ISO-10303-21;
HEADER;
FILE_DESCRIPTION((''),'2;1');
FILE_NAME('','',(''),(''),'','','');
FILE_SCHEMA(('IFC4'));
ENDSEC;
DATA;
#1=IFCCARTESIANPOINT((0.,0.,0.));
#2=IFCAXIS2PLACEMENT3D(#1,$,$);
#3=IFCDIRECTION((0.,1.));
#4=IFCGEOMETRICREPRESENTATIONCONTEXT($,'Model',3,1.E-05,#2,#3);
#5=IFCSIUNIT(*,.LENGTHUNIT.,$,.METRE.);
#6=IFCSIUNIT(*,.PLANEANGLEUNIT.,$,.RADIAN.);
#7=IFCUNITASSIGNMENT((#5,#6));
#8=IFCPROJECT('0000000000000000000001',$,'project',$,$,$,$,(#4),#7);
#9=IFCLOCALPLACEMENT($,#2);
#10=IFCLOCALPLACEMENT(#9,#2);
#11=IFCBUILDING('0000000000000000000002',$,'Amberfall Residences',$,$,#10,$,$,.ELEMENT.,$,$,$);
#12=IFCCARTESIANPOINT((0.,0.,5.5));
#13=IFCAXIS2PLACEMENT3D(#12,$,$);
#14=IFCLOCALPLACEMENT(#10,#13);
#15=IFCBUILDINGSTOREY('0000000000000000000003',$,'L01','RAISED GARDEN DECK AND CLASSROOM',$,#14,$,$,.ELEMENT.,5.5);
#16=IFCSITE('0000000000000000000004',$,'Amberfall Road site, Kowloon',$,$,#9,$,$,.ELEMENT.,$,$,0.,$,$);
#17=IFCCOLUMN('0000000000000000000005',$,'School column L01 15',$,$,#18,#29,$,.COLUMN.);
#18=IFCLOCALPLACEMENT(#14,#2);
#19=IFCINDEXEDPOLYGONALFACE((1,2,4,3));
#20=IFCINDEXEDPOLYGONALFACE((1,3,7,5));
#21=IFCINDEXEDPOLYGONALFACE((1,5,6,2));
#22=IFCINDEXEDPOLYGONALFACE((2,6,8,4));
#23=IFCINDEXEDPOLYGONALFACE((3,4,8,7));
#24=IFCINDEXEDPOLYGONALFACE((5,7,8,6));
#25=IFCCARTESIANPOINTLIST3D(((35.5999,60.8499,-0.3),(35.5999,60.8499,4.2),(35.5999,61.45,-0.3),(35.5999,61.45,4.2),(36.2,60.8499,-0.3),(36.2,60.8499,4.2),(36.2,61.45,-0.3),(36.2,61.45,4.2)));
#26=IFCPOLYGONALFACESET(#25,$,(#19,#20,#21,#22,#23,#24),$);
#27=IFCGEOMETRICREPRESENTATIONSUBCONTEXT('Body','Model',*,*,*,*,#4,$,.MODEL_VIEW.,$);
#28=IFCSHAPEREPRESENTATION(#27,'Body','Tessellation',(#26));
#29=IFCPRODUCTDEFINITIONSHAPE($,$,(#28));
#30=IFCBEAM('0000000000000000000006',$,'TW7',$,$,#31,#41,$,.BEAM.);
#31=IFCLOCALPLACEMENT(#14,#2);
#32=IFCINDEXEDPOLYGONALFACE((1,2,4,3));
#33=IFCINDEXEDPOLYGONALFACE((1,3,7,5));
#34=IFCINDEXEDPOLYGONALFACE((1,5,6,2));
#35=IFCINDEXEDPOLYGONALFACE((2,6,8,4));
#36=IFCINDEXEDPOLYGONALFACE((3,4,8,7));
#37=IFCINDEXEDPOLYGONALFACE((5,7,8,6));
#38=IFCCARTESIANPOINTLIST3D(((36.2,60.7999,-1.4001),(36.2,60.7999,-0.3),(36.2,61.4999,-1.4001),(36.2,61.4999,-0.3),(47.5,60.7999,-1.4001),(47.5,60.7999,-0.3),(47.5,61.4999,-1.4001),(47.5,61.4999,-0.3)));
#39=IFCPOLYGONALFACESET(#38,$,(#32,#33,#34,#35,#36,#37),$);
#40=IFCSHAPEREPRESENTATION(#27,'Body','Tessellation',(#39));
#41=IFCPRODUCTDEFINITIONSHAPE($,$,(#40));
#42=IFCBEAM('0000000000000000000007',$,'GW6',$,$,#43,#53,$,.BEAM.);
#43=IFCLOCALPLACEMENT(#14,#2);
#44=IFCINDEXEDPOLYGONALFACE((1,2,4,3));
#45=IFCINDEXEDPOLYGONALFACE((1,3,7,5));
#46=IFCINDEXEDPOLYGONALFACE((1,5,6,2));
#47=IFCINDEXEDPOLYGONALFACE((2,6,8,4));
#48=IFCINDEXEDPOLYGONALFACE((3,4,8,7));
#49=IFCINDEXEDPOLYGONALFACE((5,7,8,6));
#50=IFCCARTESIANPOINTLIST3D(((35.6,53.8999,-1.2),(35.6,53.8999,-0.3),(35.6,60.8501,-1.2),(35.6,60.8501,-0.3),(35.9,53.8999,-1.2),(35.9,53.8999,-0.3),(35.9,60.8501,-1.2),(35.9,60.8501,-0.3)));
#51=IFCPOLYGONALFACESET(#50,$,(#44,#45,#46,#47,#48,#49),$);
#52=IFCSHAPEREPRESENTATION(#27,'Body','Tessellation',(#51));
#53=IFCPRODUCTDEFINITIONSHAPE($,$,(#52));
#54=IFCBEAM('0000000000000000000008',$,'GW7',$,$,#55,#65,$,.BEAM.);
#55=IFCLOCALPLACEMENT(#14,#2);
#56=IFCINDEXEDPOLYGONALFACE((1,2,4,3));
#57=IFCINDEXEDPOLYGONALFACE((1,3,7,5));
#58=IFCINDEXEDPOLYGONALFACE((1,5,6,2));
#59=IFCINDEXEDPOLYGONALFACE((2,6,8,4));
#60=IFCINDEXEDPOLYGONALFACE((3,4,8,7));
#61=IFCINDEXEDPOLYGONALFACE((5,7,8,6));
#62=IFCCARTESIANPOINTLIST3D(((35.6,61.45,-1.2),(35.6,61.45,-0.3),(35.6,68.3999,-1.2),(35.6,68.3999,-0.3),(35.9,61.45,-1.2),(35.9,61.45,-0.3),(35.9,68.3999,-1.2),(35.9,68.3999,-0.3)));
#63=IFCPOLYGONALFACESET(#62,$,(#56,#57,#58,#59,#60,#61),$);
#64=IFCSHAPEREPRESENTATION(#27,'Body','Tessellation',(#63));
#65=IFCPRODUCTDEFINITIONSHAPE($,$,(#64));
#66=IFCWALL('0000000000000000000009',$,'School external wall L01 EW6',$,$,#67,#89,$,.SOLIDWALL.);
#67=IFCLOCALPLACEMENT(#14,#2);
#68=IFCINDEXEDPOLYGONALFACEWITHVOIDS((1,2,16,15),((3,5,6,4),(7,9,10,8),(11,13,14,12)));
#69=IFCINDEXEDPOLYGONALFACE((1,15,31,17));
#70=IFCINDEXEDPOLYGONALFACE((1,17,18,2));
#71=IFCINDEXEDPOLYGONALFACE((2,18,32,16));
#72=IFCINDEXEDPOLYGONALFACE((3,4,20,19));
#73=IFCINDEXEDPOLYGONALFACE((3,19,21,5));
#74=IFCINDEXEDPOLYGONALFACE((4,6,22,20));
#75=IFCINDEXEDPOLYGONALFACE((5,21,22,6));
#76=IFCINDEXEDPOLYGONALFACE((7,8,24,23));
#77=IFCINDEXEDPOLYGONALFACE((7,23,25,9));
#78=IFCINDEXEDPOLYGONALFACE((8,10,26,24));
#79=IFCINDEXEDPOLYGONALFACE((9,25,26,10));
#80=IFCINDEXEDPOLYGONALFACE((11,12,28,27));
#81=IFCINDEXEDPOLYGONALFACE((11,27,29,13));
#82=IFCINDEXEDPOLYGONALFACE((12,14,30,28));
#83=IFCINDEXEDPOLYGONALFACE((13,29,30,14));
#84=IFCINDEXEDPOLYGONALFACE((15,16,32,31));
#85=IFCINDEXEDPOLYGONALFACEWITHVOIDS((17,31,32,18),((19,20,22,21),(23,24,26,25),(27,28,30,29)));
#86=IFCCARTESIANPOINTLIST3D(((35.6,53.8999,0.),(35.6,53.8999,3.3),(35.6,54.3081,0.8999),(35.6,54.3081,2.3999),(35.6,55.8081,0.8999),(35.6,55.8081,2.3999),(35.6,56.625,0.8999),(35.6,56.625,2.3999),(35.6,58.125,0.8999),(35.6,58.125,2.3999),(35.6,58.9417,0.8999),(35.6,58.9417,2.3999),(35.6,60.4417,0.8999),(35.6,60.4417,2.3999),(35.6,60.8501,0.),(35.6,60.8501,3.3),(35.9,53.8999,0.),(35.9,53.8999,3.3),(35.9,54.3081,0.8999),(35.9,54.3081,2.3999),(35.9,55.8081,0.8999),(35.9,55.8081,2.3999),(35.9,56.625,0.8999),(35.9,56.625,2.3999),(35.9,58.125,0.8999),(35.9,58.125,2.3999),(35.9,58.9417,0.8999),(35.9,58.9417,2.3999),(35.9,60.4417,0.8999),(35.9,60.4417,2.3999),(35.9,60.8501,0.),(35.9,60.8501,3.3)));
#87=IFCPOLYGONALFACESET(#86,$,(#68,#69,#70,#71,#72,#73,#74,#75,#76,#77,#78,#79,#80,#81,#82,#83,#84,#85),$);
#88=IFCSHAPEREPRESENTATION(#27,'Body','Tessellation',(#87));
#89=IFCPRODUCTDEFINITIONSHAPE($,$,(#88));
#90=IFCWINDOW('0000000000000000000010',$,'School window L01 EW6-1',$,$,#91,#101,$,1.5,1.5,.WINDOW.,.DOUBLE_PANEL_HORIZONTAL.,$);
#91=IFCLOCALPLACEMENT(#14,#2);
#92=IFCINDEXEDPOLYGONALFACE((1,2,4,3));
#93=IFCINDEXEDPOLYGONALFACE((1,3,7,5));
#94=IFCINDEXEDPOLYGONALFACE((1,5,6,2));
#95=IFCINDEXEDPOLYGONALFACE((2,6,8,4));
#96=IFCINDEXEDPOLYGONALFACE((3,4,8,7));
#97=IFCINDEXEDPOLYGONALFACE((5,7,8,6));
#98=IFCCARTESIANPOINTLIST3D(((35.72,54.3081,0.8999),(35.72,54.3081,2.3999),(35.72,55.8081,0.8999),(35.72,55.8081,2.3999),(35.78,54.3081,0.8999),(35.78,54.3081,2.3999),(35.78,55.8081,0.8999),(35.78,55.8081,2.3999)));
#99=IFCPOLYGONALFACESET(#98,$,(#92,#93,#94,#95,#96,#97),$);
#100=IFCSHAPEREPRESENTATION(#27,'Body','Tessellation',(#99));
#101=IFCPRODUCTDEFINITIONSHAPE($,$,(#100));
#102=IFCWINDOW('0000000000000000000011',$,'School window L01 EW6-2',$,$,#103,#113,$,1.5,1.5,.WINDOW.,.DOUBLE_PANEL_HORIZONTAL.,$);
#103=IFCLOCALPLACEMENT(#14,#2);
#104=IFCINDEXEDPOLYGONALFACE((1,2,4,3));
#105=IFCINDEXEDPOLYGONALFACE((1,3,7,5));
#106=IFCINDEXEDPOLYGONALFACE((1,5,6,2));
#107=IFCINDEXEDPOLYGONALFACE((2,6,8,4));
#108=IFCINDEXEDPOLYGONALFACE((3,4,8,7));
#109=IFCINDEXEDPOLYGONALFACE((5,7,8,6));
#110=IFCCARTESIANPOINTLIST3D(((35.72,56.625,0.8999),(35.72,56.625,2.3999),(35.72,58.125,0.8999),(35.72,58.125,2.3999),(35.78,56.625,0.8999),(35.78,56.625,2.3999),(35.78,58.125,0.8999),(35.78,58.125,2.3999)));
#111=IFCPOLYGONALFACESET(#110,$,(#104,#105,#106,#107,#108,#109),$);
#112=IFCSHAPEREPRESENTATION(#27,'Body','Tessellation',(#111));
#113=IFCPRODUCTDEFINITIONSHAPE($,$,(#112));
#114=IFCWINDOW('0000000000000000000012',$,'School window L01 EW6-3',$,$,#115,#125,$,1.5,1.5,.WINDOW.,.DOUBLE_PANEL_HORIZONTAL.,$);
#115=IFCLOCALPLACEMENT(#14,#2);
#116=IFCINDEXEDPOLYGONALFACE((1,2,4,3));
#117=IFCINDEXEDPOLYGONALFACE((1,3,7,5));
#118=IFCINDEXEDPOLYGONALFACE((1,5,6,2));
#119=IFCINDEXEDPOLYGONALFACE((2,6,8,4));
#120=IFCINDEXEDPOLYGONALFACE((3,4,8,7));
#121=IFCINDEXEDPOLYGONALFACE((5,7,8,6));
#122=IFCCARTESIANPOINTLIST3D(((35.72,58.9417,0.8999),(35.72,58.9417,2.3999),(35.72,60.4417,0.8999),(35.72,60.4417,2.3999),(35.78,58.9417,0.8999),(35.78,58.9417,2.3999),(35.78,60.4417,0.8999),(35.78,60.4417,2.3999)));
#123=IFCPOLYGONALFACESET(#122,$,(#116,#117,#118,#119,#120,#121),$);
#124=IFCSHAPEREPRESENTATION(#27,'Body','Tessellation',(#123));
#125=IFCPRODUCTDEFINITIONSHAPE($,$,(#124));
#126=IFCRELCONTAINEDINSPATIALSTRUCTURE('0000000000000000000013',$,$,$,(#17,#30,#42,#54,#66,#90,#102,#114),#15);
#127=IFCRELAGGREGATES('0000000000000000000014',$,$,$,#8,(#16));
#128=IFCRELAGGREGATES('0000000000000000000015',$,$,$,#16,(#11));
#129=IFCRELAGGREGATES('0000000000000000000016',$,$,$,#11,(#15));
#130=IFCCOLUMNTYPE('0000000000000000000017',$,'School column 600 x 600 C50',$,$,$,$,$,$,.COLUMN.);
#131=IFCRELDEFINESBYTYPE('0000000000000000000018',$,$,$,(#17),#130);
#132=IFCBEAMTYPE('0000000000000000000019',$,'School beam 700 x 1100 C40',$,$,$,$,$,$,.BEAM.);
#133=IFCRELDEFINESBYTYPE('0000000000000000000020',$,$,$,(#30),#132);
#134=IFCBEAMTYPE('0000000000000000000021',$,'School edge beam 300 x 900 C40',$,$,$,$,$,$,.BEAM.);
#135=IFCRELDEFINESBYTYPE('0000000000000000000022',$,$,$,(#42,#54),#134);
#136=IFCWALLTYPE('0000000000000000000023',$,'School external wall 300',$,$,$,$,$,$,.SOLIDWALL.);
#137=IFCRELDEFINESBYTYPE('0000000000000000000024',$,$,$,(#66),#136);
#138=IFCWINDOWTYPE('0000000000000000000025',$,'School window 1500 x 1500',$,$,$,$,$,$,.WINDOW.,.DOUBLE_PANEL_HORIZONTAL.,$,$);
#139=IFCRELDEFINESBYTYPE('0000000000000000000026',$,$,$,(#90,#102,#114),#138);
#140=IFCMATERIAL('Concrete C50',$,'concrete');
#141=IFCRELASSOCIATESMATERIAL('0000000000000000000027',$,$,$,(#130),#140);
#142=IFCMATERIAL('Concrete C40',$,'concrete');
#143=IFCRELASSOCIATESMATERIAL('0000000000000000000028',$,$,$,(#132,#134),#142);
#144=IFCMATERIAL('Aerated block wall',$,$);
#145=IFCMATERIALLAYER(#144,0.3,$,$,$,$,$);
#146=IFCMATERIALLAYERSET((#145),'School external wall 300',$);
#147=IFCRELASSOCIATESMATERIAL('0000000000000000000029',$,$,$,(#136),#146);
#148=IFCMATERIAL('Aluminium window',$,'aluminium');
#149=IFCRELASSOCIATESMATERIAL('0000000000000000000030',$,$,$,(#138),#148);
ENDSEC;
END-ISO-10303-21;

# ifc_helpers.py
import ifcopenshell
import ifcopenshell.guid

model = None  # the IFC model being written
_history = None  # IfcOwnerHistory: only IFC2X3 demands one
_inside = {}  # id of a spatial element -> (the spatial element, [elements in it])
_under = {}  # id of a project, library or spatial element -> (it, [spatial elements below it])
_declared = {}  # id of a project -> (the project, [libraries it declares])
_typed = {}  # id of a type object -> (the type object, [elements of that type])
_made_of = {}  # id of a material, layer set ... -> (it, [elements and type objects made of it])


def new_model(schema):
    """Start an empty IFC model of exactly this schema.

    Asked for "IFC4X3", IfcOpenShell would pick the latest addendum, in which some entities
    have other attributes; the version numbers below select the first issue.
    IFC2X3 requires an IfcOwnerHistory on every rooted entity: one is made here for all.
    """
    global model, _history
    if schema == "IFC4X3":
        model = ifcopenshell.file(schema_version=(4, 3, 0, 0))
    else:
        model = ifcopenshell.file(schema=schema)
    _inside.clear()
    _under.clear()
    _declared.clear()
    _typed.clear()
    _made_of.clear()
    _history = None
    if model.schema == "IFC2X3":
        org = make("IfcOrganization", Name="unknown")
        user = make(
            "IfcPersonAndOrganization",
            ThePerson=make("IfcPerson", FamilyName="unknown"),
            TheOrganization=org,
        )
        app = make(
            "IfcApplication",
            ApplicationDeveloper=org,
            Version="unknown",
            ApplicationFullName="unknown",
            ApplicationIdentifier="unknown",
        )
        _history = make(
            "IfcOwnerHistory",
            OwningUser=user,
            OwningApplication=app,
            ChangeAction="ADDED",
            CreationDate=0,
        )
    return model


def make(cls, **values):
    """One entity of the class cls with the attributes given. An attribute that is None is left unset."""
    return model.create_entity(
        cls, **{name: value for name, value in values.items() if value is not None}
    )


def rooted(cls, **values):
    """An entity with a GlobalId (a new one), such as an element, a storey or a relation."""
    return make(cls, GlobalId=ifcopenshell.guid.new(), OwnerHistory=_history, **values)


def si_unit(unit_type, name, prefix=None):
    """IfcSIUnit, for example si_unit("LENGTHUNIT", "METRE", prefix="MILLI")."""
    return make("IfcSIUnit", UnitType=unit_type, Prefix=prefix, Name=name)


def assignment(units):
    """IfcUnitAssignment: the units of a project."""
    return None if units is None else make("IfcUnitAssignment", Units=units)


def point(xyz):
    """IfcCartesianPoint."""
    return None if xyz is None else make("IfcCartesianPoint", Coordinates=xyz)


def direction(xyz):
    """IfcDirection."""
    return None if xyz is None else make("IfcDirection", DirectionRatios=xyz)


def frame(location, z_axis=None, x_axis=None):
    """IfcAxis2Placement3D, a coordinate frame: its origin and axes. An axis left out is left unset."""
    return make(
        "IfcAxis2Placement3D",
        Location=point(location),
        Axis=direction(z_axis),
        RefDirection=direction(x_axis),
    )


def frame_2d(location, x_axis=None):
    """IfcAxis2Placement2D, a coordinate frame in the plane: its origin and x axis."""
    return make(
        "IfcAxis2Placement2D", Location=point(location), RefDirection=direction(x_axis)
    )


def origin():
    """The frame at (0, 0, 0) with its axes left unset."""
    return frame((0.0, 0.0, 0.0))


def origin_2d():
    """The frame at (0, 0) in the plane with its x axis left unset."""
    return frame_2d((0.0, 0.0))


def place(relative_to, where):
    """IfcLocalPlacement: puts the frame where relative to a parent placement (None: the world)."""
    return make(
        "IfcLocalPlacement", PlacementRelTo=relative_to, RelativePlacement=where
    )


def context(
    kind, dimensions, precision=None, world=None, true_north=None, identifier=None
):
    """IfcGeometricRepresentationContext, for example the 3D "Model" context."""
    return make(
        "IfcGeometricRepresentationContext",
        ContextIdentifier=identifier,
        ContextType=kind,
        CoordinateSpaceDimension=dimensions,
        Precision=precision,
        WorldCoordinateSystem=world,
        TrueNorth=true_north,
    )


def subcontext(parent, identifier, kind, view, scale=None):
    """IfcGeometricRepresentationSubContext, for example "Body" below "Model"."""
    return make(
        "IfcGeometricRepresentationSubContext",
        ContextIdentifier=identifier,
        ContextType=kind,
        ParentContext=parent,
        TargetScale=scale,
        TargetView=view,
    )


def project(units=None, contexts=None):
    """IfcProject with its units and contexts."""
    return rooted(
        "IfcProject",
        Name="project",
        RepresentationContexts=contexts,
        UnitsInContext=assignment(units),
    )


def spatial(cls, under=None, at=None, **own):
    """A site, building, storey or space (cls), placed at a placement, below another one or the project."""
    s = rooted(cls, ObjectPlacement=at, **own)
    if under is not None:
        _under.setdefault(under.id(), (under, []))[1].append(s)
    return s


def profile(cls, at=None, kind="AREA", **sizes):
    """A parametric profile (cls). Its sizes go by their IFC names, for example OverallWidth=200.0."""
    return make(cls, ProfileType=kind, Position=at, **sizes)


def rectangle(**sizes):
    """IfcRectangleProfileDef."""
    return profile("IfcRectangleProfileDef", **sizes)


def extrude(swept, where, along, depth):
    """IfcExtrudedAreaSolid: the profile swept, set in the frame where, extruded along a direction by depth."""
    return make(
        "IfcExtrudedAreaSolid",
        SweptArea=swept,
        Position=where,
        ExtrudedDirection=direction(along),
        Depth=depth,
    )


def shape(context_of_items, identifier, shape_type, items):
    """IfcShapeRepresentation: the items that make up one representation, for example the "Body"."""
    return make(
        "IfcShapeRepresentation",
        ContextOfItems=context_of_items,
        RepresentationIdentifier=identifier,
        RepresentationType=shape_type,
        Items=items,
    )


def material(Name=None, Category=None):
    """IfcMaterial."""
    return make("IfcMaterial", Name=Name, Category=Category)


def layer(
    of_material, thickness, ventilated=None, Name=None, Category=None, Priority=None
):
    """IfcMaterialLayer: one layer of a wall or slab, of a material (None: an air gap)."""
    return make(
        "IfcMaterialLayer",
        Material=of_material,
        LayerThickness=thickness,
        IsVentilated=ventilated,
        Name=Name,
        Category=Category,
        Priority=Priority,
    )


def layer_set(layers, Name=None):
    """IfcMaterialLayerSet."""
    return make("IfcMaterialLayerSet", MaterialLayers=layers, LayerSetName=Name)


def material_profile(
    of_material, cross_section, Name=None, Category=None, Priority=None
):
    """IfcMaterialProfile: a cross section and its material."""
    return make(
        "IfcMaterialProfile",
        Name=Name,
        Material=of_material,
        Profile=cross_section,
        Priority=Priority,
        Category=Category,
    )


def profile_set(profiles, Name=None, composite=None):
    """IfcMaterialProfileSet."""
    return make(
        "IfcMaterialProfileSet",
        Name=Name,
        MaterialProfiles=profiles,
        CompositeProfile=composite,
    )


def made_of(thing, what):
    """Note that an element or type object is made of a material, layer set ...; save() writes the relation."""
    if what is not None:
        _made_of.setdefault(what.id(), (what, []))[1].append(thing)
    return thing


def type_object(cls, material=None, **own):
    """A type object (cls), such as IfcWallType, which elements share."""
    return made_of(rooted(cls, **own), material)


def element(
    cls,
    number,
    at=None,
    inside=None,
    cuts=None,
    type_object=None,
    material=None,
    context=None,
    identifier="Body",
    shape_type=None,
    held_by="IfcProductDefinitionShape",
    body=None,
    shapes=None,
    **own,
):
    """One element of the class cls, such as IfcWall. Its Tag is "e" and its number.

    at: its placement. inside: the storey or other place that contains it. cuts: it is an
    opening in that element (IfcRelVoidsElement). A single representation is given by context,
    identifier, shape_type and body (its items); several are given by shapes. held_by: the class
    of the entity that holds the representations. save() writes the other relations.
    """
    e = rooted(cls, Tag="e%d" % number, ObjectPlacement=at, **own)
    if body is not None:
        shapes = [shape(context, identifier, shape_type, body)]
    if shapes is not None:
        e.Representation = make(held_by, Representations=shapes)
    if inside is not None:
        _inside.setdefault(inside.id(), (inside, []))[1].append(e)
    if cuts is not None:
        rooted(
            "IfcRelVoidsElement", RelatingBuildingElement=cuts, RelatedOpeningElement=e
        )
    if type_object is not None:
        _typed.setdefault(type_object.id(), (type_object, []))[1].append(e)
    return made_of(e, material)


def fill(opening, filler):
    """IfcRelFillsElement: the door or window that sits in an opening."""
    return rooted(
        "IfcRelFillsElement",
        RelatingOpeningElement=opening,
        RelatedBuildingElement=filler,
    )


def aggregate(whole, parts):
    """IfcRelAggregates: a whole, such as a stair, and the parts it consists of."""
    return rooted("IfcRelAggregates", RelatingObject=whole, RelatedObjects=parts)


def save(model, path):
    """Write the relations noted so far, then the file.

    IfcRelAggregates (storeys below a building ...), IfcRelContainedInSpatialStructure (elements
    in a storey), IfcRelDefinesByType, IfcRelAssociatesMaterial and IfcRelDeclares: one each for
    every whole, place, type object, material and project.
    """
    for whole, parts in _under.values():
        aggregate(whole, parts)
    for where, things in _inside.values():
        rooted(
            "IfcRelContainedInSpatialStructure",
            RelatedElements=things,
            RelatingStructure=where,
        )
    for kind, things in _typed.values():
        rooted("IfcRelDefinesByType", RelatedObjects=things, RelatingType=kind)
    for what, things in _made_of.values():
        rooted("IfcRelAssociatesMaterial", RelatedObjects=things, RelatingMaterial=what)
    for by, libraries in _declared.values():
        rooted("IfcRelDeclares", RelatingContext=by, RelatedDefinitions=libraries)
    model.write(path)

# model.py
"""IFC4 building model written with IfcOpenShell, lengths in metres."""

from ifc_helpers import new_model, si_unit, direction, frame, frame_2d, origin, origin_2d, place, context, subcontext, project, spatial, rectangle, extrude, material, layer, layer_set, material_profile, profile_set, type_object, element, fill, save


model = new_model("IFC4")

# Units and contexts
model_context = context("Model", 3, precision=1e-05, world=origin(), true_north=direction((0.0, 1.0)))
body_context = subcontext(model_context, "Body", "Model", "MODEL_VIEW")
ifc_project = project(units=[si_unit("LENGTHUNIT", "METRE"), si_unit("PLANEANGLEUNIT", "RADIAN")], contexts=[model_context])

# Site, building, storey
site_placement = place(None, origin())
site = spatial("IfcSite", under=ifc_project, at=site_placement, Name="Amberfall Road site, Kowloon", CompositionType="ELEMENT", RefElevation=0.0)
building_placement = place(site_placement, origin())
building = spatial("IfcBuilding", under=site, at=building_placement, Name="Amberfall Residences", CompositionType="ELEMENT")
storey_placement = place(building_placement, frame((0.0, 0.0, 5.5)))
storey = spatial("IfcBuildingStorey", under=building, at=storey_placement, Name="L01", Description="RAISED GARDEN DECK AND CLASSROOM", CompositionType="ELEMENT", Elevation=5.5)

# Column
ifc_material_1 = material(Name="Concrete C50", Category="concrete")
ifc_material_profile_1 = material_profile(ifc_material_1, rectangle(XDim=0.6001, YDim=0.6001, at=origin_2d()), Name="School column 600 x 600 C50")
ifc_profile_set_1 = profile_set([ifc_material_profile_1], Name="Concrete C50")
column_type = type_object("IfcColumnType", Name="School column 600 x 600 C50", PredefinedType="COLUMN", material=ifc_profile_set_1)
column_placement = place(storey_placement, frame((35.8999, 61.1499, -0.3), z_axis=(0.0, 0.0, 1.0), x_axis=(1.0, 0.0, 0.0)))
element("IfcColumn", 1, at=column_placement, inside=storey, type_object=column_type, Name="School column L01 15", PredefinedType="COLUMN", context=body_context, shape_type="SweptSolid", body=[
    extrude(rectangle(XDim=0.6001, YDim=0.6001, at=origin_2d()), origin(), (0.0, 0.0, 1.0), 4.5),
])

# Beams
ifc_material_2 = material(Name="Concrete C40", Category="concrete")
ifc_material_profile_2 = material_profile(ifc_material_2, rectangle(XDim=0.7, YDim=1.1001, at=origin_2d()), Name="School beam 700 x 1100 C40")
ifc_profile_set_2 = profile_set([ifc_material_profile_2], Name="Concrete C40")
beam_type_1 = type_object("IfcBeamType", Name="School beam 700 x 1100 C40", PredefinedType="BEAM", material=ifc_profile_set_2)
beam_1_placement = place(storey_placement, frame((36.2, 61.1499, -0.8501), z_axis=(1.0, 0.0, 0.0), x_axis=(0.0, 1.0, 0.0)))
element("IfcBeam", 2, at=beam_1_placement, inside=storey, type_object=beam_type_1, Name="TW7", PredefinedType="BEAM", context=body_context, shape_type="SweptSolid", body=[
    extrude(rectangle(XDim=0.7, YDim=1.1001, at=origin_2d()), origin(), (0.0, 0.0, 1.0), 11.3),
])
ifc_material_profile_3 = material_profile(ifc_material_2, rectangle(XDim=0.3, YDim=0.8999, at=origin_2d()), Name="School edge beam 300 x 900 C40")
ifc_profile_set_3 = profile_set([ifc_material_profile_3], Name="Concrete C40")
beam_type_2 = type_object("IfcBeamType", Name="School edge beam 300 x 900 C40", PredefinedType="BEAM", material=ifc_profile_set_3)
beam_2_placement = place(storey_placement, frame((35.75, 53.8999, -0.75), z_axis=(0.0, 1.0, 0.0), x_axis=(-1.0, 0.0, 0.0)))
element("IfcBeam", 3, at=beam_2_placement, inside=storey, type_object=beam_type_2, Name="GW6", PredefinedType="BEAM", context=body_context, shape_type="SweptSolid", body=[
    extrude(rectangle(XDim=0.3, YDim=0.8999, at=origin_2d()), origin(), (0.0, 0.0, 1.0), 6.9502),
])
beam_3_placement = place(storey_placement, frame((35.75, 61.45, -0.75), z_axis=(0.0, 1.0, 0.0), x_axis=(-1.0, 0.0, 0.0)))
element("IfcBeam", 4, at=beam_3_placement, inside=storey, type_object=beam_type_2, Name="GW7", PredefinedType="BEAM", context=body_context, shape_type="SweptSolid", body=[
    extrude(rectangle(XDim=0.3, YDim=0.8999, at=origin_2d()), origin(), (0.0, 0.0, 1.0), 6.95),
])

# Wall, openings, windows
ifc_material_3 = material(Name="Aerated block wall")
ifc_layer_1 = layer(ifc_material_3, 0.3)
ifc_layer_set_1 = layer_set([ifc_layer_1], Name="School external wall 300")
wall_type_1 = type_object("IfcWallType", Name="School external wall 300", PredefinedType="SOLIDWALL", material=ifc_layer_set_1)
wall_1_placement = place(storey_placement, frame((35.75, 53.8999, 0.0), z_axis=(0.0, 0.0, 1.0), x_axis=(0.0, 1.0, 0.0)))
wall_1 = element("IfcWall", 5, at=wall_1_placement, inside=storey, type_object=wall_type_1, Name="School external wall L01 EW6", PredefinedType="SOLIDWALL", context=body_context, shape_type="SweptSolid", body=[
    extrude(rectangle(XDim=6.9502, YDim=0.3, at=frame_2d((3.4751, 0.0))), origin(), (0.0, 0.0, 1.0), 3.3),
])
opening_1_placement = place(wall_1_placement, frame((0.4082, 0.0, 0.8999)))
opening_1 = element("IfcOpeningElement", 6, at=opening_1_placement, cuts=wall_1, PredefinedType="OPENING", context=body_context, shape_type="SweptSolid", body=[
    extrude(rectangle(XDim=1.5, YDim=1.5, at=frame_2d((0.75, 0.75))), frame((0.0, 0.1599, 0.0), z_axis=(0.0, -1.0, 0.0), x_axis=(1.0, 0.0, 0.0)), (0.0, 0.0, 1.0), 0.3201),
])
opening_2_placement = place(wall_1_placement, frame((2.7251, 0.0, 0.8999)))
opening_2 = element("IfcOpeningElement", 7, at=opening_2_placement, cuts=wall_1, PredefinedType="OPENING", context=body_context, shape_type="SweptSolid", body=[
    extrude(rectangle(XDim=1.5, YDim=1.5, at=frame_2d((0.75, 0.75))), frame((0.0, 0.1599, 0.0), z_axis=(0.0, -1.0, 0.0), x_axis=(1.0, 0.0, 0.0)), (0.0, 0.0, 1.0), 0.3201),
])
opening_3_placement = place(wall_1_placement, frame((5.0417, 0.0, 0.8999)))
opening_3 = element("IfcOpeningElement", 8, at=opening_3_placement, cuts=wall_1, PredefinedType="OPENING", context=body_context, shape_type="SweptSolid", body=[
    extrude(rectangle(XDim=1.5, YDim=1.5, at=frame_2d((0.75, 0.75))), frame((0.0, 0.1599, 0.0), z_axis=(0.0, -1.0, 0.0), x_axis=(1.0, 0.0, 0.0)), (0.0, 0.0, 1.0), 0.3201),
])
ifc_material_4 = material(Name="Aluminium window", Category="aluminium")
window_type = type_object("IfcWindowType", Name="School window 1500 x 1500", PartitioningType="DOUBLE_PANEL_HORIZONTAL", PredefinedType="WINDOW", material=ifc_material_4)
window_1_placement = place(opening_1_placement, origin())
window_1 = element("IfcWindow", 9, at=window_1_placement, inside=storey, type_object=window_type, Name="School window L01 EW6-1", OverallHeight=1.5, OverallWidth=1.5, PartitioningType="DOUBLE_PANEL_HORIZONTAL", PredefinedType="WINDOW", context=body_context, shape_type="SweptSolid", body=[
    extrude(rectangle(XDim=1.5, YDim=1.5, at=frame_2d((0.75, 0.75))), frame((0.0, 0.03, 0.0), z_axis=(0.0, -1.0, 0.0), x_axis=(1.0, 0.0, 0.0)), (0.0, 0.0, 1.0), 0.0601),
])
fill(opening_1, window_1)
window_2_placement = place(opening_2_placement, origin())
window_2 = element("IfcWindow", 10, at=window_2_placement, inside=storey, type_object=window_type, Name="School window L01 EW6-2", OverallHeight=1.5, OverallWidth=1.5, PartitioningType="DOUBLE_PANEL_HORIZONTAL", PredefinedType="WINDOW", context=body_context, shape_type="SweptSolid", body=[
    extrude(rectangle(XDim=1.5, YDim=1.5, at=frame_2d((0.75, 0.75))), frame((0.0, 0.03, 0.0), z_axis=(0.0, -1.0, 0.0), x_axis=(1.0, 0.0, 0.0)), (0.0, 0.0, 1.0), 0.0601),
])
fill(opening_2, window_2)
window_3_placement = place(opening_3_placement, origin())
window_3 = element("IfcWindow", 11, at=window_3_placement, inside=storey, type_object=window_type, Name="School window L01 EW6-3", OverallHeight=1.5, OverallWidth=1.5, PartitioningType="DOUBLE_PANEL_HORIZONTAL", PredefinedType="WINDOW", context=body_context, shape_type="SweptSolid", body=[
    extrude(rectangle(XDim=1.5, YDim=1.5, at=frame_2d((0.75, 0.75))), frame((0.0, 0.03, 0.0), z_axis=(0.0, -1.0, 0.0), x_axis=(1.0, 0.0, 0.0)), (0.0, 0.0, 1.0), 0.0601),
])
fill(opening_3, window_3)

save(model, "model.ifc")
